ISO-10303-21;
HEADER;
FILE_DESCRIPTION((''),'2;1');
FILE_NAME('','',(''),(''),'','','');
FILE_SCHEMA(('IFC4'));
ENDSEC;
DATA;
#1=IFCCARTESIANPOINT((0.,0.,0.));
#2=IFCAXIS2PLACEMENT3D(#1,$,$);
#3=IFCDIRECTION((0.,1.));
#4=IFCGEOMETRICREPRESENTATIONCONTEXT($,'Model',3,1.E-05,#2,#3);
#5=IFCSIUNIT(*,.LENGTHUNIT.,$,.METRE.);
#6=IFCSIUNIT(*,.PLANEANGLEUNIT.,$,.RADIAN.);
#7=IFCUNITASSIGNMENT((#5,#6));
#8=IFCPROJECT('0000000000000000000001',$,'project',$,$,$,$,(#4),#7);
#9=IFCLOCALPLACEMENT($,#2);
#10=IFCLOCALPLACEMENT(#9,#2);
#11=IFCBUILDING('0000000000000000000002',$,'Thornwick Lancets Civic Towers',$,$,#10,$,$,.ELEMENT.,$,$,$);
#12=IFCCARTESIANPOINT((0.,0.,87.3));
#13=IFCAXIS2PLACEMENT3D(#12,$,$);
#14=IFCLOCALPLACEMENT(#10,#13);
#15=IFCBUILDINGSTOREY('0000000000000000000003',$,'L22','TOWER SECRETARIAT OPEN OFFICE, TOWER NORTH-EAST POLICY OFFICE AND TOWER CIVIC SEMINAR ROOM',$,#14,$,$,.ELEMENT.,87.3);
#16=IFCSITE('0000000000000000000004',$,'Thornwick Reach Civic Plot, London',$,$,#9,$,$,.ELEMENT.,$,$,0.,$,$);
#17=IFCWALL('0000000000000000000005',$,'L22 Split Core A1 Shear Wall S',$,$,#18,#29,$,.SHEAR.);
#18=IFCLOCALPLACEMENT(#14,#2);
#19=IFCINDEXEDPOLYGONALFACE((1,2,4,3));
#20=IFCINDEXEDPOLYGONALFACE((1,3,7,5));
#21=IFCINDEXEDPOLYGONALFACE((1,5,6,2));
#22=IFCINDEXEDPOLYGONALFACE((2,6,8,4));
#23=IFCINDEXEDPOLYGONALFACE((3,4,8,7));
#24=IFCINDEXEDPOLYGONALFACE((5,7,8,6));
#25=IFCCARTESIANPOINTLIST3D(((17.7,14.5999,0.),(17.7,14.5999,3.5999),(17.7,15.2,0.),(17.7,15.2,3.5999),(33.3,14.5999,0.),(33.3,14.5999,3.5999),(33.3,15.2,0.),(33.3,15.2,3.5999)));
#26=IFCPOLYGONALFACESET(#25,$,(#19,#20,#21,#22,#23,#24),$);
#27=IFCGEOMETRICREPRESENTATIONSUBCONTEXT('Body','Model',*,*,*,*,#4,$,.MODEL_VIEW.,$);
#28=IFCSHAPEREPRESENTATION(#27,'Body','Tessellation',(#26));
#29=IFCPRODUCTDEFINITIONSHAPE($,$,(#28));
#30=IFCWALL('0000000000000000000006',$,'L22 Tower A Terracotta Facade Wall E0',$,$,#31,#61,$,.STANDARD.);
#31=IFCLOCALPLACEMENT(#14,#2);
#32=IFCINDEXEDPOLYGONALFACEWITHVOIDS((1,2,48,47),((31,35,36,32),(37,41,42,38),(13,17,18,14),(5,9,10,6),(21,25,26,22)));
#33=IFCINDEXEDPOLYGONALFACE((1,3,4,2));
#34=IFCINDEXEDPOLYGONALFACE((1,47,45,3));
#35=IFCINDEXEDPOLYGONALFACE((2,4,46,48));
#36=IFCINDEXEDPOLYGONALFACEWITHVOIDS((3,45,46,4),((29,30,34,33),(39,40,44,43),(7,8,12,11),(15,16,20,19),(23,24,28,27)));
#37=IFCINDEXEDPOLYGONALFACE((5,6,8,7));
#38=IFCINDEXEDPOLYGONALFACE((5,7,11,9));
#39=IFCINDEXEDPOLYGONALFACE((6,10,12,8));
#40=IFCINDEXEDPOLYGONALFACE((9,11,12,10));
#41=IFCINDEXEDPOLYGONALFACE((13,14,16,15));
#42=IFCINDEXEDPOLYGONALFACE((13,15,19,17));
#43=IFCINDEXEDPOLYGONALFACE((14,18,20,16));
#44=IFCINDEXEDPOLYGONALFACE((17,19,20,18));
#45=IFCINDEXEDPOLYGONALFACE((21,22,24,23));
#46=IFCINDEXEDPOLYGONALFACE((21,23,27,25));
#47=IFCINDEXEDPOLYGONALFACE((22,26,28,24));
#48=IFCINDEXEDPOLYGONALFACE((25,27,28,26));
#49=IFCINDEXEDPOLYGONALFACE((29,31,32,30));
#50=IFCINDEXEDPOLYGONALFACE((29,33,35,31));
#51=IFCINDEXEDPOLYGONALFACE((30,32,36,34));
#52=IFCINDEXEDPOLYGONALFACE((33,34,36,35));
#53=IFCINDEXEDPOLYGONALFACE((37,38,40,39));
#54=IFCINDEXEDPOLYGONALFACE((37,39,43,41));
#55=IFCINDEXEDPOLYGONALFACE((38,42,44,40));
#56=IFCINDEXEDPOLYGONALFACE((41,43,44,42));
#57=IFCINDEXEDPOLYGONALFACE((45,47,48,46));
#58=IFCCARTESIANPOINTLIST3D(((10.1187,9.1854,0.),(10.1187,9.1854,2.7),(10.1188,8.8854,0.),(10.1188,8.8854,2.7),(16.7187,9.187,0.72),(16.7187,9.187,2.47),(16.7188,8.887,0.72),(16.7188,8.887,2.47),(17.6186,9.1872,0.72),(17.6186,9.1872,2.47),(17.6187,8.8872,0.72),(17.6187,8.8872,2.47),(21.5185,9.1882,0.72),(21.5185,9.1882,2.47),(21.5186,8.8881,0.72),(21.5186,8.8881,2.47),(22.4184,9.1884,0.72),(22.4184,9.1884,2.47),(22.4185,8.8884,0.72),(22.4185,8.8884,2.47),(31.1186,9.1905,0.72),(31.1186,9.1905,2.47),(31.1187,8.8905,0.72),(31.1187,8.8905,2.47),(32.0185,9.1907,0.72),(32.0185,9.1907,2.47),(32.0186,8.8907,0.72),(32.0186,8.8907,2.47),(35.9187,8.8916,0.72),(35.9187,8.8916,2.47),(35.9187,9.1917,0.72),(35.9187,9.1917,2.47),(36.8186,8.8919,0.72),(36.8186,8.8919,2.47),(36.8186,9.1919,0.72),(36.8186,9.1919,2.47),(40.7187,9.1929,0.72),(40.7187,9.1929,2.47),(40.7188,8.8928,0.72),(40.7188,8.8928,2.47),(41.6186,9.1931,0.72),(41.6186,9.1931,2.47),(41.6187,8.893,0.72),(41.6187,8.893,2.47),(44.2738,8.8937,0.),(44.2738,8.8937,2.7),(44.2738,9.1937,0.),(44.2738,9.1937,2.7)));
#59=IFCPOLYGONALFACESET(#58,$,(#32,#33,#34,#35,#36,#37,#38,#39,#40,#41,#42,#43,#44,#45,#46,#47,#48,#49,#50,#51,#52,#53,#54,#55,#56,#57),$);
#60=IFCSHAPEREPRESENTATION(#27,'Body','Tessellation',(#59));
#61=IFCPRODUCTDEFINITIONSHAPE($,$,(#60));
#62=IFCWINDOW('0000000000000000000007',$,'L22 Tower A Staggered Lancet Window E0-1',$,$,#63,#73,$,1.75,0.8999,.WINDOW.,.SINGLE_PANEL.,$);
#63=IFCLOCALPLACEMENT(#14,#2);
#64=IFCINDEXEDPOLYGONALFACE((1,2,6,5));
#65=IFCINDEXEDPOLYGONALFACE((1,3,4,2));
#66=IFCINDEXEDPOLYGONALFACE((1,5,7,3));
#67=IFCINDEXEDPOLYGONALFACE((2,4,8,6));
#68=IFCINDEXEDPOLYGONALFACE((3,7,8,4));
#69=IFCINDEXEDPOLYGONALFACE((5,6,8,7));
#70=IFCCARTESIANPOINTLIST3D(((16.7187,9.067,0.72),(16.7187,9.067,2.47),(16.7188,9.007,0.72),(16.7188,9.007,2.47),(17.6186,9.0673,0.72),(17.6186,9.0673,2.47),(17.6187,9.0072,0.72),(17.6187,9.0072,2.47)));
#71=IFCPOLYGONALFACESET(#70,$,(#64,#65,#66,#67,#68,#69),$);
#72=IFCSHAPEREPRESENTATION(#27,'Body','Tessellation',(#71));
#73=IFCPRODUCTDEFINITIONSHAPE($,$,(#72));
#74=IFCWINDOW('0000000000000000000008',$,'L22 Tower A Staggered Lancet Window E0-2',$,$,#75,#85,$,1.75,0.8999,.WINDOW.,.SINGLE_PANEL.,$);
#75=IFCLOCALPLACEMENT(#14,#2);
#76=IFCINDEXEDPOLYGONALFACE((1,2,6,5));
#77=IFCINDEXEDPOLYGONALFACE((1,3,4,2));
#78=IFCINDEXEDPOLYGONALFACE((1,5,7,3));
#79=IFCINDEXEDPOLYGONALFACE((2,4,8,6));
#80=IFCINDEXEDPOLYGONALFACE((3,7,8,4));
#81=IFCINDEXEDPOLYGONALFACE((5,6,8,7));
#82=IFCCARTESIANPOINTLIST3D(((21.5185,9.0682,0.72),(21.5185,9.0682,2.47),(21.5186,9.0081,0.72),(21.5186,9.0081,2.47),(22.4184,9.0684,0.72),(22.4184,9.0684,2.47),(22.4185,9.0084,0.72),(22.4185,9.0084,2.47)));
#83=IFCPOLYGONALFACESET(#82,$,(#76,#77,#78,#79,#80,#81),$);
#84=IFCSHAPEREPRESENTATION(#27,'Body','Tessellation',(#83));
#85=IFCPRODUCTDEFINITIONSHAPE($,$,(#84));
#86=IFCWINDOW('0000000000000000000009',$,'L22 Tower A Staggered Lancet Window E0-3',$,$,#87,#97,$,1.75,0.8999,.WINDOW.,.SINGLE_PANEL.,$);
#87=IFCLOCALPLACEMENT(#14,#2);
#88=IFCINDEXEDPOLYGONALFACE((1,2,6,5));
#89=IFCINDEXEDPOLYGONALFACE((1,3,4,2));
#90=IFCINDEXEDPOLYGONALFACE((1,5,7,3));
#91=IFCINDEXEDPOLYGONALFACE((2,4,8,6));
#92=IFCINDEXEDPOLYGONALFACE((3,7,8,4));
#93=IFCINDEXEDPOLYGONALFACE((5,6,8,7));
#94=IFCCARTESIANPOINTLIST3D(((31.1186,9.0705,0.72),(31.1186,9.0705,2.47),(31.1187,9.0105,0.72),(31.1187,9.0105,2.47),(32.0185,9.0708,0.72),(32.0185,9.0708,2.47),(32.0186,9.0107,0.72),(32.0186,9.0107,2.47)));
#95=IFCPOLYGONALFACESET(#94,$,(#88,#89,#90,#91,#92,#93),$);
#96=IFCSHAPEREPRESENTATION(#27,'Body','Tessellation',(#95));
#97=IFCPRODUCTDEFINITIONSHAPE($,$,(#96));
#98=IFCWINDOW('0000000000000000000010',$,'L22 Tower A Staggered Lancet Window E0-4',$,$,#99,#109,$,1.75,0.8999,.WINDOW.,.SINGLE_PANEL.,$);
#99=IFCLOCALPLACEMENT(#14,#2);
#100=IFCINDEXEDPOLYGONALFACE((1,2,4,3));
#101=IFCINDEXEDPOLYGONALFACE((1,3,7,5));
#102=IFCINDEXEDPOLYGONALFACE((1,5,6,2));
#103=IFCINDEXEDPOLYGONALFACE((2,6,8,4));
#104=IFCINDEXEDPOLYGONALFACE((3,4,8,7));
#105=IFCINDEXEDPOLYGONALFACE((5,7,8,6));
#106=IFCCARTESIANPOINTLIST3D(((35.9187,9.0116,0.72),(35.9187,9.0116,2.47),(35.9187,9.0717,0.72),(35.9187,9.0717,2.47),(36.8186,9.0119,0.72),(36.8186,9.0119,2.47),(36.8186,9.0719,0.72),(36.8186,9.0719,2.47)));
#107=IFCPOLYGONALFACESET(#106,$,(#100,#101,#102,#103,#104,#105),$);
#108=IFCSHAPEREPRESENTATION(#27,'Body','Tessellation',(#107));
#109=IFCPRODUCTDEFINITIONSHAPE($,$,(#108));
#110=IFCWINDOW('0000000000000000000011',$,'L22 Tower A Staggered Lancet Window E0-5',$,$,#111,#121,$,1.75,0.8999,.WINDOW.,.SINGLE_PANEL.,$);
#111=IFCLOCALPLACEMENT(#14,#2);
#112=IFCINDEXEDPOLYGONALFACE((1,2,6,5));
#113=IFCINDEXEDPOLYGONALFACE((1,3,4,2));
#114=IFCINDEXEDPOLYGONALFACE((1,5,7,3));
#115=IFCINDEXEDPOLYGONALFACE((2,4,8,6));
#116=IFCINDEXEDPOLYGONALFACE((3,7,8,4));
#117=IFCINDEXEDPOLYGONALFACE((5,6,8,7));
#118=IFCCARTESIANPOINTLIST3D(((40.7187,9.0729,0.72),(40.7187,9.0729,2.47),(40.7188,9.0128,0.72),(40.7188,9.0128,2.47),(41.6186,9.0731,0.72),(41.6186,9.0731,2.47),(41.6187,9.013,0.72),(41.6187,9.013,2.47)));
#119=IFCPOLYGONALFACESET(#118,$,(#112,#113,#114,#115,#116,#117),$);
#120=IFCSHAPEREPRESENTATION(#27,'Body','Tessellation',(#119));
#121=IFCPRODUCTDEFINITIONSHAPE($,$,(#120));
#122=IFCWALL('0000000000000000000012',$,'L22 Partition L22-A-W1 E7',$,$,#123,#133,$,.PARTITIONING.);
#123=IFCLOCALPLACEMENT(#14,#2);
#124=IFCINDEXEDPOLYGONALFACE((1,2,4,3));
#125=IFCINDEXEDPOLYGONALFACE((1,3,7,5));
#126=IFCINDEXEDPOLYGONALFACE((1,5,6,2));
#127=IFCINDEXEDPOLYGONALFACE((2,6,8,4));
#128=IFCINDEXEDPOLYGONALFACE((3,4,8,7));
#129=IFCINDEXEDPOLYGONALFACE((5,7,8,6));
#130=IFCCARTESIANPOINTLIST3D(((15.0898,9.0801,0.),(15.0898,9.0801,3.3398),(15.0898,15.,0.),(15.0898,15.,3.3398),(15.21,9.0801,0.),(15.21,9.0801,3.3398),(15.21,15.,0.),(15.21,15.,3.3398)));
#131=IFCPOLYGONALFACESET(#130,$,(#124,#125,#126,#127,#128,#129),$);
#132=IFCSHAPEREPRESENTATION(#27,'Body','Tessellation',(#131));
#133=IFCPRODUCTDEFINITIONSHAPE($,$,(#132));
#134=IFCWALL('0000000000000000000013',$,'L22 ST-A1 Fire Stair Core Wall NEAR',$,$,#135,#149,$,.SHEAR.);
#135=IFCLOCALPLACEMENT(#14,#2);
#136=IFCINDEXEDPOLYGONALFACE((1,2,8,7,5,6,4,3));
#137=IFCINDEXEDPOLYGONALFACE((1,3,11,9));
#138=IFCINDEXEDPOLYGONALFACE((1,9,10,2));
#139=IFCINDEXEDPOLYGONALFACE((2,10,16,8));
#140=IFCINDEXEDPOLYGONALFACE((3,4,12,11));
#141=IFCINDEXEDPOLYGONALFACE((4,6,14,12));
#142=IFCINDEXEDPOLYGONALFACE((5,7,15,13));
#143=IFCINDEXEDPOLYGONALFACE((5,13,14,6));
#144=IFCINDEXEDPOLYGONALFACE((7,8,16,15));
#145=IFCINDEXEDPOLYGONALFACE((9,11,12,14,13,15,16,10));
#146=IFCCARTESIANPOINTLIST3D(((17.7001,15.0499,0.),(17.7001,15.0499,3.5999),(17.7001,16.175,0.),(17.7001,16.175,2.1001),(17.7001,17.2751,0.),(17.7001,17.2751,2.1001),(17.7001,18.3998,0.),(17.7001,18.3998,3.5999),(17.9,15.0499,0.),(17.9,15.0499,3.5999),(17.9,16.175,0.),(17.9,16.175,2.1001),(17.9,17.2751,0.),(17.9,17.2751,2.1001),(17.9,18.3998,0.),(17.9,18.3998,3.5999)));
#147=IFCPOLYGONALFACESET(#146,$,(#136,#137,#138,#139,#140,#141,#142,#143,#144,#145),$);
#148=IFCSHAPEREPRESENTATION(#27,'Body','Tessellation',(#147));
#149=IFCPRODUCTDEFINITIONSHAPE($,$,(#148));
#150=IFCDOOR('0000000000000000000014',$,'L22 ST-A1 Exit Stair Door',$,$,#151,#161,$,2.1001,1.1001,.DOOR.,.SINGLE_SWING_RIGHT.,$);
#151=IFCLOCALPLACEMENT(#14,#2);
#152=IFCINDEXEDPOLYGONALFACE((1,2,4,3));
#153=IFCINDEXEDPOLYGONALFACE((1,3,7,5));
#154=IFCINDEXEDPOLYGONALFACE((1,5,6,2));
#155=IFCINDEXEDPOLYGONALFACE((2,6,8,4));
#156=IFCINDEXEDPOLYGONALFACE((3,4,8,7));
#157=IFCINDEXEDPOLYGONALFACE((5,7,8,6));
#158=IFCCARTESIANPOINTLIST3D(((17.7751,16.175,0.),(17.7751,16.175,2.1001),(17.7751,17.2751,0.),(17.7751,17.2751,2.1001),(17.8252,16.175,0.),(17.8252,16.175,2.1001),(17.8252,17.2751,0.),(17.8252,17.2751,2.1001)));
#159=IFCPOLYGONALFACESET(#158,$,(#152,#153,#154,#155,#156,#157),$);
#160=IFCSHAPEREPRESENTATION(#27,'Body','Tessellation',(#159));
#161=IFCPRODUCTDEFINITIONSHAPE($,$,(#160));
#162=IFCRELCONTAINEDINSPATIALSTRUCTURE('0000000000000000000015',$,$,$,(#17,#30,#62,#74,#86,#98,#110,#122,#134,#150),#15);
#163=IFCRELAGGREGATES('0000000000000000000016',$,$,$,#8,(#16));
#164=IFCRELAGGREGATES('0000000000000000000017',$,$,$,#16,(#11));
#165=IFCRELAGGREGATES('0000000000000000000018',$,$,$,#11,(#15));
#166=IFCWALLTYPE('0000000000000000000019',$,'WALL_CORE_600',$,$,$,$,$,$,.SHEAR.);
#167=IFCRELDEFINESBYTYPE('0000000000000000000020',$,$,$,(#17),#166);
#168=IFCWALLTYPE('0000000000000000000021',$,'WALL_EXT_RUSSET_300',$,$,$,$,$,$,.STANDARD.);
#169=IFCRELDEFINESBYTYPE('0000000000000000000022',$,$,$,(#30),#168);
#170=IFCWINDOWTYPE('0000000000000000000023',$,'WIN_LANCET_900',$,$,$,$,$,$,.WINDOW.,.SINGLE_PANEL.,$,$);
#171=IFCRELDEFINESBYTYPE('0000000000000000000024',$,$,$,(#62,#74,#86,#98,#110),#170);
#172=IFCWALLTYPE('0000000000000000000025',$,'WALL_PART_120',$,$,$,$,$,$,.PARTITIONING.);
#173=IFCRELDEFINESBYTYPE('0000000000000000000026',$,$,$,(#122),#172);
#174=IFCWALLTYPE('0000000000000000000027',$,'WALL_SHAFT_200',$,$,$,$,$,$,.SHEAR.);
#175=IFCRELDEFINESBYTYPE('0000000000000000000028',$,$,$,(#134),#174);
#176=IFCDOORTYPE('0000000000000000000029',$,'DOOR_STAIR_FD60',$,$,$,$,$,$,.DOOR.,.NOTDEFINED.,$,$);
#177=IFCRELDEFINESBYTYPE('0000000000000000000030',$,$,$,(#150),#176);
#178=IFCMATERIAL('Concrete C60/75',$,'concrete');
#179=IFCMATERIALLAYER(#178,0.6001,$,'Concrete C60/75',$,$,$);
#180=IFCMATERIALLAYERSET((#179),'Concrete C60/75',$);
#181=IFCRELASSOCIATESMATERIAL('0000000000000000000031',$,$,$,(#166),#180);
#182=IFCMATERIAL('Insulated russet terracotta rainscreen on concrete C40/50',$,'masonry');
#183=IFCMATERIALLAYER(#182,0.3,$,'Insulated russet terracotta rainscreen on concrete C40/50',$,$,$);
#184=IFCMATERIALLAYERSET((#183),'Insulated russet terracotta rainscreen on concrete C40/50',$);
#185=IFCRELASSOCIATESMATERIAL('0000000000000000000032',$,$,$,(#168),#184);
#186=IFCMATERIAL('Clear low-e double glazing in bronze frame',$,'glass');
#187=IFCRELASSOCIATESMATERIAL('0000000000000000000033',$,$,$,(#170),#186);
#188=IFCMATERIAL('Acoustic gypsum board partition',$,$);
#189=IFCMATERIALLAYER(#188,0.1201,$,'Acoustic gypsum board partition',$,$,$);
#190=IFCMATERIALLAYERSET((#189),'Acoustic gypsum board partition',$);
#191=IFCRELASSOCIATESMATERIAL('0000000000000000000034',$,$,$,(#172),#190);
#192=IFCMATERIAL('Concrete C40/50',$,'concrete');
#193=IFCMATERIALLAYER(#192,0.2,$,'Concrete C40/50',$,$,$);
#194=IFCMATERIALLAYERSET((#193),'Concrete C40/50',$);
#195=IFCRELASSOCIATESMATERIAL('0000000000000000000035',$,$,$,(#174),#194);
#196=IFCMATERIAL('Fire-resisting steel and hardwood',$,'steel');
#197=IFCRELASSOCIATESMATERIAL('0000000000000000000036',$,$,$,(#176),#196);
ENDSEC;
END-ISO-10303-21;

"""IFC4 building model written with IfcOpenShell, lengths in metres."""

from ifc_helpers import new_model, si_unit, direction, frame, frame_2d, origin, place, context, subcontext, project, spatial, rectangle, extrude, material, layer, layer_set, type_object, element, fill, save


model = new_model("IFC4")

# Units and contexts
model_context = context("Model", 3, precision=1e-05, world=origin(), true_north=direction((0.0, 1.0)))
body_context = subcontext(model_context, "Body", "Model", "MODEL_VIEW")
ifc_project = project(units=[si_unit("LENGTHUNIT", "METRE"), si_unit("PLANEANGLEUNIT", "RADIAN")], contexts=[model_context])

# Site, building, storey
site_placement = place(None, origin())
site = spatial("IfcSite", under=ifc_project, at=site_placement, Name="Thornwick Reach Civic Plot, London", CompositionType="ELEMENT", RefElevation=0.0)
building_placement = place(site_placement, origin())
building = spatial("IfcBuilding", under=site, at=building_placement, Name="Thornwick Lancets Civic Towers", CompositionType="ELEMENT")
storey_placement = place(building_placement, frame((0.0, 0.0, 87.3)))
storey = spatial("IfcBuildingStorey", under=building, at=storey_placement, Name="L22", Description="TOWER SECRETARIAT OPEN OFFICE, TOWER NORTH-EAST POLICY OFFICE AND TOWER CIVIC SEMINAR ROOM", CompositionType="ELEMENT", Elevation=87.3)

# Shared definitions
ifc_material_1 = material(Name="Concrete C60/75", Category="concrete")

# Shared definitions
ifc_material_2 = material(Name="Concrete C40/50", Category="concrete")

# Wall
ifc_layer_1 = layer(ifc_material_1, 0.6001, Name="Concrete C60/75")
ifc_layer_set_1 = layer_set([ifc_layer_1], Name="Concrete C60/75")
wall_type_1 = type_object("IfcWallType", Name="WALL_CORE_600", PredefinedType="SHEAR", material=ifc_layer_set_1)
wall_1_placement = place(storey_placement, frame((17.7, 14.8999, 0.0), z_axis=(0.0, 0.0, 1.0), x_axis=(1.0, 0.0, 0.0)))
element("IfcWall", 1, at=wall_1_placement, inside=storey, type_object=wall_type_1, Name="L22 Split Core A1 Shear Wall S", PredefinedType="SHEAR", context=body_context, shape_type="SweptSolid", body=[
    extrude(rectangle(XDim=15.6001, YDim=0.6001, at=frame_2d((7.8, 0.0))), origin(), (0.0, 0.0, 1.0), 3.5999),
])

# Wall, openings, windows
ifc_material_3 = material(Name="Insulated russet terracotta rainscreen on concrete C40/50", Category="masonry")
ifc_layer_2 = layer(ifc_material_3, 0.3, Name="Insulated russet terracotta rainscreen on concrete C40/50")
ifc_layer_set_2 = layer_set([ifc_layer_2], Name="Insulated russet terracotta rainscreen on concrete C40/50")
wall_type_2 = type_object("IfcWallType", Name="WALL_EXT_RUSSET_300", PredefinedType="STANDARD", material=ifc_layer_set_2)
wall_2_placement = place(storey_placement, frame((10.1187, 9.0354, 0.0), z_axis=(0.0, 0.0, 1.0), x_axis=(1.0, 0.000243, 0.0)))
wall_2 = element("IfcWall", 2, at=wall_2_placement, inside=storey, type_object=wall_type_2, Name="L22 Tower A Terracotta Facade Wall E0", PredefinedType="STANDARD", context=body_context, shape_type="SweptSolid", body=[
    extrude(rectangle(XDim=34.155, YDim=0.3, at=frame_2d((17.0776, 0.0))), origin(), (0.0, 0.0, 1.0), 2.7),
])
opening_1_placement = place(wall_2_placement, frame((6.6001, 0.0, 0.72)))
opening_1 = element("IfcOpeningElement", 3, at=opening_1_placement, cuts=wall_2, PredefinedType="OPENING", context=body_context, shape_type="SweptSolid", body=[
    extrude(rectangle(XDim=0.8999, YDim=1.75, at=frame_2d((0.45, 0.875))), frame((0.0, 0.1602, 0.0), z_axis=(0.0, -1.0, 0.0), x_axis=(1.0, 0.0, 0.0)), (0.0, 0.0, 1.0), 0.3201),
])
opening_2_placement = place(wall_2_placement, frame((11.3999, 0.0, 0.72)))
opening_2 = element("IfcOpeningElement", 4, at=opening_2_placement, cuts=wall_2, PredefinedType="OPENING", context=body_context, shape_type="SweptSolid", body=[
    extrude(rectangle(XDim=0.8999, YDim=1.75, at=frame_2d((0.45, 0.875))), frame((0.0, 0.1602, 0.0), z_axis=(0.0, -1.0, 0.0), x_axis=(1.0, 0.0, 0.0)), (0.0, 0.0, 1.0), 0.3201),
])
opening_3_placement = place(wall_2_placement, frame((21.0, 0.0, 0.72)))
opening_3 = element("IfcOpeningElement", 5, at=opening_3_placement, cuts=wall_2, PredefinedType="OPENING", context=body_context, shape_type="SweptSolid", body=[
    extrude(rectangle(XDim=0.8999, YDim=1.75, at=frame_2d((0.45, 0.875))), frame((0.0, 0.1602, 0.0), z_axis=(0.0, -1.0, 0.0), x_axis=(1.0, 0.0, 0.0)), (0.0, 0.0, 1.0), 0.3201),
])
opening_4_placement = place(wall_2_placement, frame((25.8, 0.0, 0.72)))
opening_4 = element("IfcOpeningElement", 6, at=opening_4_placement, cuts=wall_2, PredefinedType="OPENING", context=body_context, shape_type="SweptSolid", body=[
    extrude(rectangle(XDim=0.8999, YDim=1.75, at=frame_2d((0.45, 0.875))), frame((0.0, 0.1602, 0.0), z_axis=(0.0, -1.0, 0.0), x_axis=(1.0, 0.0, 0.0)), (0.0, 0.0, 1.0), 0.3201),
])
opening_5_placement = place(wall_2_placement, frame((30.6001, 0.0, 0.72)))
opening_5 = element("IfcOpeningElement", 7, at=opening_5_placement, cuts=wall_2, PredefinedType="OPENING", context=body_context, shape_type="SweptSolid", body=[
    extrude(rectangle(XDim=0.8999, YDim=1.75, at=frame_2d((0.45, 0.875))), frame((0.0, 0.1602, 0.0), z_axis=(0.0, -1.0, 0.0), x_axis=(1.0, 0.0, 0.0)), (0.0, 0.0, 1.0), 0.3201),
])
ifc_material_4 = material(Name="Clear low-e double glazing in bronze frame", Category="glass")
window_type = type_object("IfcWindowType", Name="WIN_LANCET_900", PartitioningType="SINGLE_PANEL", PredefinedType="WINDOW", material=ifc_material_4)
window_1_placement = place(opening_1_placement, origin())
window_1 = element("IfcWindow", 8, at=window_1_placement, inside=storey, type_object=window_type, Name="L22 Tower A Staggered Lancet Window E0-1", OverallHeight=1.75, OverallWidth=0.8999, PartitioningType="SINGLE_PANEL", PredefinedType="WINDOW", context=body_context, shape_type="SweptSolid", body=[
    extrude(rectangle(XDim=0.8999, YDim=1.75, at=frame_2d((0.45, 0.875))), frame((0.0, 0.03, 0.0), z_axis=(0.0, -1.0, 0.0), x_axis=(1.0, 0.0, 0.0)), (0.0, 0.0, 1.0), 0.0601),
])
fill(opening_1, window_1)
window_2_placement = place(opening_2_placement, origin())
window_2 = element("IfcWindow", 9, at=window_2_placement, inside=storey, type_object=window_type, Name="L22 Tower A Staggered Lancet Window E0-2", OverallHeight=1.75, OverallWidth=0.8999, PartitioningType="SINGLE_PANEL", PredefinedType="WINDOW", context=body_context, shape_type="SweptSolid", body=[
    extrude(rectangle(XDim=0.8999, YDim=1.75, at=frame_2d((0.45, 0.875))), frame((0.0, 0.03, 0.0), z_axis=(0.0, -1.0, 0.0), x_axis=(1.0, 0.0, 0.0)), (0.0, 0.0, 1.0), 0.0601),
])
fill(opening_2, window_2)
window_3_placement = place(opening_3_placement, origin())
window_3 = element("IfcWindow", 10, at=window_3_placement, inside=storey, type_object=window_type, Name="L22 Tower A Staggered Lancet Window E0-3", OverallHeight=1.75, OverallWidth=0.8999, PartitioningType="SINGLE_PANEL", PredefinedType="WINDOW", context=body_context, shape_type="SweptSolid", body=[
    extrude(rectangle(XDim=0.8999, YDim=1.75, at=frame_2d((0.45, 0.875))), frame((0.0, 0.03, 0.0), z_axis=(0.0, -1.0, 0.0), x_axis=(1.0, 0.0, 0.0)), (0.0, 0.0, 1.0), 0.0601),
])
fill(opening_3, window_3)
window_4_placement = place(opening_4_placement, origin())
window_4 = element("IfcWindow", 11, at=window_4_placement, inside=storey, type_object=window_type, Name="L22 Tower A Staggered Lancet Window E0-4", OverallHeight=1.75, OverallWidth=0.8999, PartitioningType="SINGLE_PANEL", PredefinedType="WINDOW", context=body_context, shape_type="SweptSolid", body=[
    extrude(rectangle(XDim=0.8999, YDim=1.75, at=frame_2d((0.45, 0.875))), frame((0.0, 0.03, 0.0), z_axis=(0.0, -1.0, 0.0), x_axis=(1.0, 0.0, 0.0)), (0.0, 0.0, 1.0), 0.0601),
])
fill(opening_4, window_4)
window_5_placement = place(opening_5_placement, origin())
window_5 = element("IfcWindow", 12, at=window_5_placement, inside=storey, type_object=window_type, Name="L22 Tower A Staggered Lancet Window E0-5", OverallHeight=1.75, OverallWidth=0.8999, PartitioningType="SINGLE_PANEL", PredefinedType="WINDOW", context=body_context, shape_type="SweptSolid", body=[
    extrude(rectangle(XDim=0.8999, YDim=1.75, at=frame_2d((0.45, 0.875))), frame((0.0, 0.03, 0.0), z_axis=(0.0, -1.0, 0.0), x_axis=(1.0, 0.0, 0.0)), (0.0, 0.0, 1.0), 0.0601),
])
fill(opening_5, window_5)

# Wall
ifc_material_5 = material(Name="Acoustic gypsum board partition")
ifc_layer_3 = layer(ifc_material_5, 0.1201, Name="Acoustic gypsum board partition")
ifc_layer_set_3 = layer_set([ifc_layer_3], Name="Acoustic gypsum board partition")
wall_type_3 = type_object("IfcWallType", Name="WALL_PART_120", PredefinedType="PARTITIONING", material=ifc_layer_set_3)
wall_3_placement = place(storey_placement, frame((15.1499, 15.0, 0.0), z_axis=(0.0, 0.0, 1.0), x_axis=(0.0, -1.0, 0.0)))
element("IfcWall", 13, at=wall_3_placement, inside=storey, type_object=wall_type_3, Name="L22 Partition L22-A-W1 E7", PredefinedType="PARTITIONING", context=body_context, shape_type="SweptSolid", body=[
    extrude(rectangle(XDim=5.9199, YDim=0.1201, at=frame_2d((2.96, 0.0))), origin(), (0.0, 0.0, 1.0), 3.3398),
])

# Wall, opening, door
ifc_layer_4 = layer(ifc_material_2, 0.2, Name="Concrete C40/50")
ifc_layer_set_4 = layer_set([ifc_layer_4], Name="Concrete C40/50")
wall_type_4 = type_object("IfcWallType", Name="WALL_SHAFT_200", PredefinedType="SHEAR", material=ifc_layer_set_4)
wall_4_placement = place(storey_placement, frame((17.8, 15.05, 0.0), z_axis=(0.0, 0.0, 1.0), x_axis=(0.0, 1.0, 0.0)))
wall_4 = element("IfcWall", 14, at=wall_4_placement, inside=storey, type_object=wall_type_4, Name="L22 ST-A1 Fire Stair Core Wall NEAR", PredefinedType="SHEAR", context=body_context, shape_type="SweptSolid", body=[
    extrude(rectangle(XDim=3.3499, YDim=0.2, at=frame_2d((1.6748, 0.0))), origin(), (0.0, 0.0, 1.0), 3.5999),
])
opening_6_placement = place(wall_4_placement, frame((1.125, 0.0, 0.0)))
opening_6 = element("IfcOpeningElement", 15, at=opening_6_placement, cuts=wall_4, PredefinedType="OPENING", context=body_context, shape_type="SweptSolid", body=[
    extrude(rectangle(XDim=1.1001, YDim=2.1001, at=frame_2d((0.55, 1.05))), frame((0.0, 0.1099, 0.0), z_axis=(0.0, -1.0, 0.0), x_axis=(1.0, 0.0, 0.0)), (0.0, 0.0, 1.0), 0.22),
])
ifc_material_6 = material(Name="Fire-resisting steel and hardwood", Category="steel")
door_type = type_object("IfcDoorType", Name="DOOR_STAIR_FD60", OperationType="NOTDEFINED", PredefinedType="DOOR", material=ifc_material_6)
door_placement = place(opening_6_placement, origin())
door = element("IfcDoor", 16, at=door_placement, inside=storey, type_object=door_type, Name="L22 ST-A1 Exit Stair Door", OperationType="SINGLE_SWING_RIGHT", OverallHeight=2.1001, OverallWidth=1.1001, PredefinedType="DOOR", context=body_context, shape_type="SweptSolid", body=[
    extrude(rectangle(XDim=1.1001, YDim=2.1001, at=frame_2d((0.55, 1.05))), frame((0.0, 0.0249, 0.0), z_axis=(0.0, -1.0, 0.0), x_axis=(1.0, 0.0, 0.0)), (0.0, 0.0, 1.0), 0.05),
])
fill(opening_6, door)

save(model, "model.ifc")
